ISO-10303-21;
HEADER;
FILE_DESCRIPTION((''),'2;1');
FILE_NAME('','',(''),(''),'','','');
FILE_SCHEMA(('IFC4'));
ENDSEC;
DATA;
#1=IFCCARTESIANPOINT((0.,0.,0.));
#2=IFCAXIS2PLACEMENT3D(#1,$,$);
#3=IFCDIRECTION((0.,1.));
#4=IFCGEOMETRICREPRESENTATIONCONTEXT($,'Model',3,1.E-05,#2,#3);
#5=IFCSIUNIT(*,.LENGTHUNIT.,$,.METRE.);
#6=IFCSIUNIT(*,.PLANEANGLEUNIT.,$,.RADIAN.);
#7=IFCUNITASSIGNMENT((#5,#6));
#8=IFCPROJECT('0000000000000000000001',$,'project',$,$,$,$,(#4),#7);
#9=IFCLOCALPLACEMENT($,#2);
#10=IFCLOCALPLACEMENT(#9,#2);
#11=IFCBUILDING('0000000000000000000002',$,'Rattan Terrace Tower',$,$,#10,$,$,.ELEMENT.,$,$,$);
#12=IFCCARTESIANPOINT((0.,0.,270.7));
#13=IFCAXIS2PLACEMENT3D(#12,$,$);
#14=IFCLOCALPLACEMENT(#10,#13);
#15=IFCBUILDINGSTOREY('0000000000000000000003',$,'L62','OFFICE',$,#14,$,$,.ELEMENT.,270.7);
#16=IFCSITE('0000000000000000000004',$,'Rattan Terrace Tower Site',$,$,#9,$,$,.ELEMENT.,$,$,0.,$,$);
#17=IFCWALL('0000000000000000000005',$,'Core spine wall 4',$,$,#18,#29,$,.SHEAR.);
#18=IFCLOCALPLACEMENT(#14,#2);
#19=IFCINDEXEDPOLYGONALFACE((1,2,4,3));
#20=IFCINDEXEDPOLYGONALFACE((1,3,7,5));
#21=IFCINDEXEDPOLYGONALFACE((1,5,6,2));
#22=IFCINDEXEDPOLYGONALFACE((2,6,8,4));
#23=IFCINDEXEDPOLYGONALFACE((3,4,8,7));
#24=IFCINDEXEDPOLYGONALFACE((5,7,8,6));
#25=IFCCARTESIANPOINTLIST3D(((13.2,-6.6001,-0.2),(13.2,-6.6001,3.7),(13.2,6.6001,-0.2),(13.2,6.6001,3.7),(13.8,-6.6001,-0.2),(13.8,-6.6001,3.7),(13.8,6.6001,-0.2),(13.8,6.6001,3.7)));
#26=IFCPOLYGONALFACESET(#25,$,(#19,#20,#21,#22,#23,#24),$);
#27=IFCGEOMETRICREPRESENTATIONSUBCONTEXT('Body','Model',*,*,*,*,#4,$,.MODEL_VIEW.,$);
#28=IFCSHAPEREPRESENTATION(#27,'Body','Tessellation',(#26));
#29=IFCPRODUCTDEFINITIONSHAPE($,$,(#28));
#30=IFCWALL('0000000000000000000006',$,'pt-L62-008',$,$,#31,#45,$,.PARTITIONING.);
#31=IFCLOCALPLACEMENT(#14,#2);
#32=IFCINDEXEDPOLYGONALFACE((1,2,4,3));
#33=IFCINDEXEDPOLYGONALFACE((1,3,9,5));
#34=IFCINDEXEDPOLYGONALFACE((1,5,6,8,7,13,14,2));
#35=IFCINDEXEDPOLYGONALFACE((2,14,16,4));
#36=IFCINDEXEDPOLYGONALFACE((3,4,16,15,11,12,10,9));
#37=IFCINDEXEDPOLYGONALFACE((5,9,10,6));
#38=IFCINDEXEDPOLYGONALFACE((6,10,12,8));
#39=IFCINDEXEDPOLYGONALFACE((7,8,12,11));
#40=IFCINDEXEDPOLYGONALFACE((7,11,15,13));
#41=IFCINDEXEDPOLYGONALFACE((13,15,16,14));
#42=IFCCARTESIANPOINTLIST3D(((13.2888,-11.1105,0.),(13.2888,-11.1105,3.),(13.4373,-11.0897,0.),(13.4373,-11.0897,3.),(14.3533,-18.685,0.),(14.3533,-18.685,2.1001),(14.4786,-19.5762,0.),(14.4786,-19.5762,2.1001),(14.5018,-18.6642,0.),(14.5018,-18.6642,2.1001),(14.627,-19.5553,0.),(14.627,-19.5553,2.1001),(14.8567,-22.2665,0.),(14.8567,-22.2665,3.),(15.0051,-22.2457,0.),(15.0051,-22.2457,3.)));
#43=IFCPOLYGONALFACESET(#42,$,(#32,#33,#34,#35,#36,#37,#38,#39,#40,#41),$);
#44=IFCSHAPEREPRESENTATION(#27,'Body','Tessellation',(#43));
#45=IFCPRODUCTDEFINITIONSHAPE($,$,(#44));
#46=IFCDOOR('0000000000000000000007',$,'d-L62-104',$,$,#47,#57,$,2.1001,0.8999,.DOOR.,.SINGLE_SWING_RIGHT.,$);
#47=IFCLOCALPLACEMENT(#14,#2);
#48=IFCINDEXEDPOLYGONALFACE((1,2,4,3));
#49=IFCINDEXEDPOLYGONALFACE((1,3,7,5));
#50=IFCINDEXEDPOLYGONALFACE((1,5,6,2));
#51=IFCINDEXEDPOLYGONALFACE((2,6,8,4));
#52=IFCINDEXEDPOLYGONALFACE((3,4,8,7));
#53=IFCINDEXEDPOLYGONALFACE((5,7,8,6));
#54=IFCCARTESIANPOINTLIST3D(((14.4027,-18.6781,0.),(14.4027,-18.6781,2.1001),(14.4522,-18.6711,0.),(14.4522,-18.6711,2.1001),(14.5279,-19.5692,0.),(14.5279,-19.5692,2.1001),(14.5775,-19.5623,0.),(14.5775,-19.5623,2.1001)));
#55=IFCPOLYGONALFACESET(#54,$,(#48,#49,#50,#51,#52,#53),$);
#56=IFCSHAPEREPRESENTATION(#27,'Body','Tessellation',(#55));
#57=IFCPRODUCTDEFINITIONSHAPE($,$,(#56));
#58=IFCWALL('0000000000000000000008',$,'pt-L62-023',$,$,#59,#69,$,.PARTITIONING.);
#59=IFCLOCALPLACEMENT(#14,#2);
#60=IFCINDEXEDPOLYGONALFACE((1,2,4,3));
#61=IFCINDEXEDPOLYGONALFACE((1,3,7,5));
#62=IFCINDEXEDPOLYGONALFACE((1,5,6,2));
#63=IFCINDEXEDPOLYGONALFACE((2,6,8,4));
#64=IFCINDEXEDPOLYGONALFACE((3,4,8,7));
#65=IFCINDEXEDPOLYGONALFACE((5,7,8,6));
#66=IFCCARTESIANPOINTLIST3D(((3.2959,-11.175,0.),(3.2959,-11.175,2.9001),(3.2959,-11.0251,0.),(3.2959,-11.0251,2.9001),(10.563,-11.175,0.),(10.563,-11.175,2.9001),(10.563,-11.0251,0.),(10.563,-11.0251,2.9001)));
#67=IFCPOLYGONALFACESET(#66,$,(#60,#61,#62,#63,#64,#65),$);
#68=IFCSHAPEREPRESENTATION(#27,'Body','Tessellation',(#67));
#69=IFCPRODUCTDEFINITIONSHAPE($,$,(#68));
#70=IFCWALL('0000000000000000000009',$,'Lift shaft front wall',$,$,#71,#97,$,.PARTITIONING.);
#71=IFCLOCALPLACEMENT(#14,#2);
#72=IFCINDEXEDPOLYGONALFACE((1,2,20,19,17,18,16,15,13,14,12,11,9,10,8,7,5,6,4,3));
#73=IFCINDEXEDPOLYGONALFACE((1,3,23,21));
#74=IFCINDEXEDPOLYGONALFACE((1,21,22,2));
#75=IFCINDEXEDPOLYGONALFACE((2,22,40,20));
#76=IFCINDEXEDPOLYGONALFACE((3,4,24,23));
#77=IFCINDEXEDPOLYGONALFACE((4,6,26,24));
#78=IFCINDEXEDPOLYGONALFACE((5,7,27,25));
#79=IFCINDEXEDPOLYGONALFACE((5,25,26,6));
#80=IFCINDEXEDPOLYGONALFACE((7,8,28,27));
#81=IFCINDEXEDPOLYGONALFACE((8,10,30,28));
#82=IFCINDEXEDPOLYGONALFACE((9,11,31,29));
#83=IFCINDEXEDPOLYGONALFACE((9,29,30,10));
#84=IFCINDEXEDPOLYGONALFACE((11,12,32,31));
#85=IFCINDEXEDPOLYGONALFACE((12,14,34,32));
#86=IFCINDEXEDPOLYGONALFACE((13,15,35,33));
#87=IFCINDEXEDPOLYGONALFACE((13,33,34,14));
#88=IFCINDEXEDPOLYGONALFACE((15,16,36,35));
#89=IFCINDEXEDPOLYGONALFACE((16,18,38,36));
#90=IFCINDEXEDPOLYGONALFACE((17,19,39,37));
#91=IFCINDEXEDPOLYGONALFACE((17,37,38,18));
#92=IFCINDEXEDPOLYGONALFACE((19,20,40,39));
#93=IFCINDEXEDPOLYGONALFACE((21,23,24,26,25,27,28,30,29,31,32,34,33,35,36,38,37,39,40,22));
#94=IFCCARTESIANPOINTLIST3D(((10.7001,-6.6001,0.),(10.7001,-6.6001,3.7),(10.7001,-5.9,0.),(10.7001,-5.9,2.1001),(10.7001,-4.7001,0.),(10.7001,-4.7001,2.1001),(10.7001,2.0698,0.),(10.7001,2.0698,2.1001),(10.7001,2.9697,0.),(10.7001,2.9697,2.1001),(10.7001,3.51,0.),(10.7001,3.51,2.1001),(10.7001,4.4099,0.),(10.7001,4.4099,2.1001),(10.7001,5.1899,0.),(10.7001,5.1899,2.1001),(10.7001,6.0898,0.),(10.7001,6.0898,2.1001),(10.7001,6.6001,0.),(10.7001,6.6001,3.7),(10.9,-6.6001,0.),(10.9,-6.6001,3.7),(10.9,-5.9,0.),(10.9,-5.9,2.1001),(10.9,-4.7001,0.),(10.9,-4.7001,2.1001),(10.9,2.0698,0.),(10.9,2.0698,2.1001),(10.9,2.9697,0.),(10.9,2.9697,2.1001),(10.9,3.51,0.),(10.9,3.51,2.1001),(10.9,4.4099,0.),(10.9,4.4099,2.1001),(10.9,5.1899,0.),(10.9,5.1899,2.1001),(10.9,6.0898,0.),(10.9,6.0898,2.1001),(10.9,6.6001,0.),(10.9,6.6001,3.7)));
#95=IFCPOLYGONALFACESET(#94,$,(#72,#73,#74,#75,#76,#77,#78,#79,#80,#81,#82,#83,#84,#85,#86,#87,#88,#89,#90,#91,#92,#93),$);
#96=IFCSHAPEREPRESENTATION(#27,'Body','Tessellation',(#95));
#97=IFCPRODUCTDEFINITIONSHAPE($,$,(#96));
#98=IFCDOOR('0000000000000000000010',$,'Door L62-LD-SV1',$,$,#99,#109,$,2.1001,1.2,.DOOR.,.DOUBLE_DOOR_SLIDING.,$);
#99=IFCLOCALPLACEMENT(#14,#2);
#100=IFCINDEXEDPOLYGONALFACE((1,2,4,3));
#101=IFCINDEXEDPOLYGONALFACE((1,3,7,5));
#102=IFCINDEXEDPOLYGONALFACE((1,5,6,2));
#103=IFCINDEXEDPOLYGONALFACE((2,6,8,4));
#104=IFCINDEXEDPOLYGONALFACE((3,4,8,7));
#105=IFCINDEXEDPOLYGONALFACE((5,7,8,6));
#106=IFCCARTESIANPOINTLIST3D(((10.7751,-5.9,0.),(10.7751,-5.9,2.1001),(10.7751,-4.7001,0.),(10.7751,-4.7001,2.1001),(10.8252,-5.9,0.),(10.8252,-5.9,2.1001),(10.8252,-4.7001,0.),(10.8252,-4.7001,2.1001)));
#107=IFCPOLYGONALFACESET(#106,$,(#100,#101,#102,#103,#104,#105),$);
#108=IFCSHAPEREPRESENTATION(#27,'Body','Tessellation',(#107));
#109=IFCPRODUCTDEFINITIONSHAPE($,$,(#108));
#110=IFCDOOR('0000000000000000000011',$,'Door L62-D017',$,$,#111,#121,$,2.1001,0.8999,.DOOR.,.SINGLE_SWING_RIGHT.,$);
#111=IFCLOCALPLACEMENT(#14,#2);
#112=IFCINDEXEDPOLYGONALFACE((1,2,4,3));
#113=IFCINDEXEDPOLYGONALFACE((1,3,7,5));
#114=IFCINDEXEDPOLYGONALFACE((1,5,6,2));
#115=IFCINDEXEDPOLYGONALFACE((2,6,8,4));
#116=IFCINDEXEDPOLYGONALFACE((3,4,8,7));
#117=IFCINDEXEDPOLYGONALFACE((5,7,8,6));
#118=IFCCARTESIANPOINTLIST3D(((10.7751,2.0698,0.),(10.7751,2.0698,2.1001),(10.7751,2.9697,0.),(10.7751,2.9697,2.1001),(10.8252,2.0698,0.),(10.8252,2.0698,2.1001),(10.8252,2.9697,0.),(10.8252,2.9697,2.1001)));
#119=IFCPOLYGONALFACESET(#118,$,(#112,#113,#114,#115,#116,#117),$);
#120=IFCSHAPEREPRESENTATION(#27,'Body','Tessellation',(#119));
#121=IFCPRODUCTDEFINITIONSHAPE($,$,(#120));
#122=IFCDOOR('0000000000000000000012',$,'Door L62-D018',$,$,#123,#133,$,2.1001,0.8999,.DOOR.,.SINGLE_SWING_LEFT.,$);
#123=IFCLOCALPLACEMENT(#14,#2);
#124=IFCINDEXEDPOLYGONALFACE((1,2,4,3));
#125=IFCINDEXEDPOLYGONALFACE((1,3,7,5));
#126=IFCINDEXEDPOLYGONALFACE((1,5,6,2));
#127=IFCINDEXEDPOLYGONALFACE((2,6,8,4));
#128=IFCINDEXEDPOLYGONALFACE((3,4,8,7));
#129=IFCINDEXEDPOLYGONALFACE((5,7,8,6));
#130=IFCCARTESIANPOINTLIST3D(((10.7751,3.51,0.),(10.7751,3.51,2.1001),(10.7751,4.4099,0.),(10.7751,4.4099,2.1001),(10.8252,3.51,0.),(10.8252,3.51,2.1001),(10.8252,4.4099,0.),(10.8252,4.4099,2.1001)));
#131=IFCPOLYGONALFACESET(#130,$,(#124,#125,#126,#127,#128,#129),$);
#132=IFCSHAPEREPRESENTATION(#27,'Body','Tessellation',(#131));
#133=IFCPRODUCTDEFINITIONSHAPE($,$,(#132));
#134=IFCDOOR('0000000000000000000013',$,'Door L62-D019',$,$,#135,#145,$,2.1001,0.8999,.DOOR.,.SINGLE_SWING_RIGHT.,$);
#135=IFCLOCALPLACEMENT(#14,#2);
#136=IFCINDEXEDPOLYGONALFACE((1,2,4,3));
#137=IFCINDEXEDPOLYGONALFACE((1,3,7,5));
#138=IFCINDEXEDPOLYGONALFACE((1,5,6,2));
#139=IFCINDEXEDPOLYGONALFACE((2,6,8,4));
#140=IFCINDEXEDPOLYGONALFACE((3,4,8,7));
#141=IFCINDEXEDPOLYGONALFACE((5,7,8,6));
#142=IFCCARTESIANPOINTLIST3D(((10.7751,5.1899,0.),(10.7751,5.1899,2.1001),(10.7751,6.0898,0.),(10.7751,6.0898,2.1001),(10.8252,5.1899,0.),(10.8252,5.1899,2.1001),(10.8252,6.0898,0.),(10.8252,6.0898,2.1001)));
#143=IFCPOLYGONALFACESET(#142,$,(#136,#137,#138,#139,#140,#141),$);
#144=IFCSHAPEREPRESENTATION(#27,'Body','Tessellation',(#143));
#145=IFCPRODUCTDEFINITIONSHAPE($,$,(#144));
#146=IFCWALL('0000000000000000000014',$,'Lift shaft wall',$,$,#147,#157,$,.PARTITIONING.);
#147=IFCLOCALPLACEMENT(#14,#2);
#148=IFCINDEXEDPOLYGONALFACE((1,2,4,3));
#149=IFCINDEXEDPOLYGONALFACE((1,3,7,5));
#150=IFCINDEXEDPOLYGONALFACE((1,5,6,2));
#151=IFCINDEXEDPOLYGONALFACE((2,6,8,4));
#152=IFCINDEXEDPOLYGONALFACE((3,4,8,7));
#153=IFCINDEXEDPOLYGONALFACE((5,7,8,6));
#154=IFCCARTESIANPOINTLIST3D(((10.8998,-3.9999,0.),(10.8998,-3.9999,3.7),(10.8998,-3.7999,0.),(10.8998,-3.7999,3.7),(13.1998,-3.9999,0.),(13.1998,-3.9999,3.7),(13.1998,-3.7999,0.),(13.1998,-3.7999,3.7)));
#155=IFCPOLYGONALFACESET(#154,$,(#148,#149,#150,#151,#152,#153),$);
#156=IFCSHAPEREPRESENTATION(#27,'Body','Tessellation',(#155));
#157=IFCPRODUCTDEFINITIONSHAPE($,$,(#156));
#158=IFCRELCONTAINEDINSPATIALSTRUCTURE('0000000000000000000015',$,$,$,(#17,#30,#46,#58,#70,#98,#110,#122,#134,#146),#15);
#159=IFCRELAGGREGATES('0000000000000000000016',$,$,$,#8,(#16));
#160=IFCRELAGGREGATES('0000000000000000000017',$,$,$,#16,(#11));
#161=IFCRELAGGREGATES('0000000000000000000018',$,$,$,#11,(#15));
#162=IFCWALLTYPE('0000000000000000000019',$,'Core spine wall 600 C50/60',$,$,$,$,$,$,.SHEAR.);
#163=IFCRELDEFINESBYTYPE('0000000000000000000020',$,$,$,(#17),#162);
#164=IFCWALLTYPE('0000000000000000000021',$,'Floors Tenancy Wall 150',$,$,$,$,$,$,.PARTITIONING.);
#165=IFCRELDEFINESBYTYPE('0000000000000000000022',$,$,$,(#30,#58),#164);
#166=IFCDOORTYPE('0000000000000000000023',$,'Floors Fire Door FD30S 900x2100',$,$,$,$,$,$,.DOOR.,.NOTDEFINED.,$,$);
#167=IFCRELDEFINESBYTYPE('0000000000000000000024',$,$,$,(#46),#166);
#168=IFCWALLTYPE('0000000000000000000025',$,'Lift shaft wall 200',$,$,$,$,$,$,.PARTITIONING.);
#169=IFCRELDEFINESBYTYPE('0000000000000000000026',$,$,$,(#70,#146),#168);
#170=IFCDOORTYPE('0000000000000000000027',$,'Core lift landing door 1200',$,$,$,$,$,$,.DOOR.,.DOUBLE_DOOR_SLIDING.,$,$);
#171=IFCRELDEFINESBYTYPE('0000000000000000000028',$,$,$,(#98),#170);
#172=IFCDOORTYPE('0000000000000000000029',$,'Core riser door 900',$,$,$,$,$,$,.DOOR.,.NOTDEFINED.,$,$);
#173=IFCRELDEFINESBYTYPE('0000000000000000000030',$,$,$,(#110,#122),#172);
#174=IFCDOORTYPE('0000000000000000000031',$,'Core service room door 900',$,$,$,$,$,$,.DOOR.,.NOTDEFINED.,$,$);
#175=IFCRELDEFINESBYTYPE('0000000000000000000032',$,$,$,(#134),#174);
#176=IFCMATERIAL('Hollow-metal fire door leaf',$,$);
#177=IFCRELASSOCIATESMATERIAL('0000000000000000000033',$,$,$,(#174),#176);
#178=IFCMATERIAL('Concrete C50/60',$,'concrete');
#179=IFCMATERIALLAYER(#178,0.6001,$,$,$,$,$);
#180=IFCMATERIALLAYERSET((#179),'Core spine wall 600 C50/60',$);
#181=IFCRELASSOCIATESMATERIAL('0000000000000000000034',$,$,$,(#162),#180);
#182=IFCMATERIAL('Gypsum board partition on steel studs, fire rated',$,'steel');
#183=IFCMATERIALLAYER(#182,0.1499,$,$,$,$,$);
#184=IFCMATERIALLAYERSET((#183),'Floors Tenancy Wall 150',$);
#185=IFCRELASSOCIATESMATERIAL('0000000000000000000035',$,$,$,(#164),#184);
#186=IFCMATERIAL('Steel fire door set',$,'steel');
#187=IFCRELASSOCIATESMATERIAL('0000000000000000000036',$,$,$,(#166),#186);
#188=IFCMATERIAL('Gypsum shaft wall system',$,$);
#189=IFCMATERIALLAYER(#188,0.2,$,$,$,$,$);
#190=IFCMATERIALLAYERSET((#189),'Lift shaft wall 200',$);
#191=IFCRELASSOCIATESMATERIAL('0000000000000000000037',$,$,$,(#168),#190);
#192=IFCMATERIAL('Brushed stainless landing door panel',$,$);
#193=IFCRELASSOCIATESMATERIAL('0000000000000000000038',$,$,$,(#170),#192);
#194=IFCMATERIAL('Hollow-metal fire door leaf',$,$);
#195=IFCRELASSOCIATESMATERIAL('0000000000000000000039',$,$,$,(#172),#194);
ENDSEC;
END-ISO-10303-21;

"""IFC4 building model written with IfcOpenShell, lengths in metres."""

from ifc_helpers import new_model, si_unit, direction, frame, frame_2d, origin, place, context, subcontext, project, spatial, rectangle, extrude, material, layer, layer_set, type_object, element, fill, save


model = new_model("IFC4")

# Units and contexts
model_context = context("Model", 3, precision=1e-05, world=origin(), true_north=direction((0.0, 1.0)))
body_context = subcontext(model_context, "Body", "Model", "MODEL_VIEW")
ifc_project = project(units=[si_unit("LENGTHUNIT", "METRE"), si_unit("PLANEANGLEUNIT", "RADIAN")], contexts=[model_context])

# Site, building, storey
site_placement = place(None, origin())
site = spatial("IfcSite", under=ifc_project, at=site_placement, Name="Rattan Terrace Tower Site", CompositionType="ELEMENT", RefElevation=0.0)
building_placement = place(site_placement, origin())
building = spatial("IfcBuilding", under=site, at=building_placement, Name="Rattan Terrace Tower", CompositionType="ELEMENT")
storey_placement = place(building_placement, frame((0.0, 0.0, 270.7)))
storey = spatial("IfcBuildingStorey", under=building, at=storey_placement, Name="L62", Description="OFFICE", CompositionType="ELEMENT", Elevation=270.7)

# Shared definitions
ifc_material_1 = material(Name="Hollow-metal fire door leaf")
door_type_1 = type_object("IfcDoorType", Name="Core service room door 900", OperationType="NOTDEFINED", PredefinedType="DOOR", material=ifc_material_1)

# Wall
ifc_material_2 = material(Name="Concrete C50/60", Category="concrete")
ifc_layer_1 = layer(ifc_material_2, 0.6001)
ifc_layer_set_1 = layer_set([ifc_layer_1], Name="Core spine wall 600 C50/60")
wall_type_1 = type_object("IfcWallType", Name="Core spine wall 600 C50/60", PredefinedType="SHEAR", material=ifc_layer_set_1)
wall_1_placement = place(storey_placement, frame((13.5, -6.6001, -0.2), z_axis=(0.0, 0.0, 1.0), x_axis=(0.0, 1.0, 0.0)))
element("IfcWall", 1, at=wall_1_placement, inside=storey, type_object=wall_type_1, Name="Core spine wall 4", PredefinedType="SHEAR", context=body_context, shape_type="SweptSolid", body=[
    extrude(rectangle(XDim=13.2002, YDim=0.6001, at=frame_2d((6.6001, 0.0))), origin(), (0.0, 0.0, 1.0), 3.8999),
])

# Wall, opening, door
ifc_material_3 = material(Name="Gypsum board partition on steel studs, fire rated", Category="steel")
ifc_layer_2 = layer(ifc_material_3, 0.1499)
ifc_layer_set_2 = layer_set([ifc_layer_2], Name="Floors Tenancy Wall 150")
wall_type_2 = type_object("IfcWallType", Name="Floors Tenancy Wall 150", PredefinedType="PARTITIONING", material=ifc_layer_set_2)
wall_2_placement = place(storey_placement, frame((13.363, -11.1001, 0.0), z_axis=(0.0, 0.0, 1.0), x_axis=(0.139173, -0.990268, 0.0)))
wall_2 = element("IfcWall", 2, at=wall_2_placement, inside=storey, type_object=wall_type_2, Name="pt-L62-008", PredefinedType="PARTITIONING", context=body_context, shape_type="SweptSolid", body=[
    extrude(rectangle(XDim=11.2656, YDim=0.1499, at=frame_2d((5.6328, 0.0))), origin(), (0.0, 0.0, 1.0), 3.0),
])
opening_1_placement = place(wall_2_placement, frame((7.6489, 0.0, 0.0)))
opening_1 = element("IfcOpeningElement", 3, at=opening_1_placement, cuts=wall_2, PredefinedType="OPENING", context=body_context, shape_type="SweptSolid", body=[
    extrude(rectangle(XDim=0.8999, YDim=2.1001, at=frame_2d((0.45, 1.05))), frame((0.0, 0.0854, 0.0), z_axis=(0.0, -1.0, 0.0), x_axis=(1.0, 0.0, 0.0)), (0.0, 0.0, 1.0), 0.1709),
])
ifc_material_4 = material(Name="Steel fire door set", Category="steel")
door_type_2 = type_object("IfcDoorType", Name="Floors Fire Door FD30S 900x2100", OperationType="NOTDEFINED", PredefinedType="DOOR", material=ifc_material_4)
door_1_placement = place(opening_1_placement, origin())
door_1 = element("IfcDoor", 4, at=door_1_placement, inside=storey, type_object=door_type_2, Name="d-L62-104", OperationType="SINGLE_SWING_RIGHT", OverallHeight=2.1001, OverallWidth=0.8999, PredefinedType="DOOR", context=body_context, shape_type="SweptSolid", body=[
    extrude(rectangle(XDim=0.8999, YDim=2.1001, at=frame_2d((0.45, 1.05))), frame((0.0, 0.0249, 0.0), z_axis=(0.0, -1.0, 0.0), x_axis=(1.0, 0.0, 0.0)), (0.0, 0.0, 1.0), 0.05),
])
fill(opening_1, door_1)

# Wall
wall_3_placement = place(storey_placement, frame((10.563, -11.1001, 0.0), z_axis=(0.0, 0.0, 1.0), x_axis=(-1.0, 0.0, 0.0)))
element("IfcWall", 5, at=wall_3_placement, inside=storey, type_object=wall_type_2, Name="pt-L62-023", PredefinedType="PARTITIONING", context=body_context, shape_type="SweptSolid", body=[
    extrude(rectangle(XDim=7.2671, YDim=0.1499, at=frame_2d((3.6335, 0.0))), origin(), (0.0, 0.0, 1.0), 2.9001),
])

# Wall, openings, doors
ifc_material_5 = material(Name="Gypsum shaft wall system")
ifc_layer_3 = layer(ifc_material_5, 0.2)
ifc_layer_set_3 = layer_set([ifc_layer_3], Name="Lift shaft wall 200")
wall_type_3 = type_object("IfcWallType", Name="Lift shaft wall 200", PredefinedType="PARTITIONING", material=ifc_layer_set_3)
wall_4_placement = place(storey_placement, frame((10.8, -6.6001, 0.0), z_axis=(0.0, 0.0, 1.0), x_axis=(0.0, 1.0, 0.0)))
wall_4 = element("IfcWall", 6, at=wall_4_placement, inside=storey, type_object=wall_type_3, Name="Lift shaft front wall", PredefinedType="PARTITIONING", context=body_context, shape_type="SweptSolid", body=[
    extrude(rectangle(XDim=13.2002, YDim=0.2, at=frame_2d((6.6001, 0.0))), origin(), (0.0, 0.0, 1.0), 3.7),
])
opening_2_placement = place(wall_4_placement, frame((0.7, 0.0, 0.0)))
opening_2 = element("IfcOpeningElement", 7, at=opening_2_placement, cuts=wall_4, PredefinedType="OPENING", context=body_context, shape_type="SweptSolid", body=[
    extrude(rectangle(XDim=1.2, YDim=2.1001, at=frame_2d((0.6001, 1.05))), frame((0.0, 0.1106, 0.0), z_axis=(0.0, -1.0, 0.0), x_axis=(1.0, 0.0, 0.0)), (0.0, 0.0, 1.0), 0.2209),
])
opening_3_placement = place(wall_4_placement, frame((8.6699, 0.0, 0.0)))
opening_3 = element("IfcOpeningElement", 8, at=opening_3_placement, cuts=wall_4, PredefinedType="OPENING", context=body_context, shape_type="SweptSolid", body=[
    extrude(rectangle(XDim=0.8999, YDim=2.1001, at=frame_2d((0.45, 1.05))), frame((0.0, 0.1106, 0.0), z_axis=(0.0, -1.0, 0.0), x_axis=(1.0, 0.0, 0.0)), (0.0, 0.0, 1.0), 0.2209),
])
opening_4_placement = place(wall_4_placement, frame((10.1101, 0.0, 0.0)))
opening_4 = element("IfcOpeningElement", 9, at=opening_4_placement, cuts=wall_4, PredefinedType="OPENING", context=body_context, shape_type="SweptSolid", body=[
    extrude(rectangle(XDim=0.8999, YDim=2.1001, at=frame_2d((0.45, 1.05))), frame((0.0, 0.1106, 0.0), z_axis=(0.0, -1.0, 0.0), x_axis=(1.0, 0.0, 0.0)), (0.0, 0.0, 1.0), 0.2209),
])
opening_5_placement = place(wall_4_placement, frame((11.79, 0.0, 0.0)))
opening_5 = element("IfcOpeningElement", 10, at=opening_5_placement, cuts=wall_4, PredefinedType="OPENING", context=body_context, shape_type="SweptSolid", body=[
    extrude(rectangle(XDim=0.8999, YDim=2.1001, at=frame_2d((0.45, 1.05))), frame((0.0, 0.1106, 0.0), z_axis=(0.0, -1.0, 0.0), x_axis=(1.0, 0.0, 0.0)), (0.0, 0.0, 1.0), 0.2209),
])
ifc_material_6 = material(Name="Brushed stainless landing door panel")
door_type_3 = type_object("IfcDoorType", Name="Core lift landing door 1200", OperationType="DOUBLE_DOOR_SLIDING", PredefinedType="DOOR", material=ifc_material_6)
door_2_placement = place(opening_2_placement, origin())
door_2 = element("IfcDoor", 11, at=door_2_placement, inside=storey, type_object=door_type_3, Name="Door L62-LD-SV1", OperationType="DOUBLE_DOOR_SLIDING", OverallHeight=2.1001, OverallWidth=1.2, PredefinedType="DOOR", context=body_context, shape_type="SweptSolid", body=[
    extrude(rectangle(XDim=1.2, YDim=2.1001, at=frame_2d((0.6001, 1.05))), frame((0.0, 0.0249, 0.0), z_axis=(0.0, -1.0, 0.0), x_axis=(1.0, 0.0, 0.0)), (0.0, 0.0, 1.0), 0.05),
])
fill(opening_2, door_2)
ifc_material_7 = material(Name="Hollow-metal fire door leaf")
door_type_4 = type_object("IfcDoorType", Name="Core riser door 900", OperationType="NOTDEFINED", PredefinedType="DOOR", material=ifc_material_7)
door_3_placement = place(opening_3_placement, origin())
door_3 = element("IfcDoor", 12, at=door_3_placement, inside=storey, type_object=door_type_4, Name="Door L62-D017", OperationType="SINGLE_SWING_RIGHT", OverallHeight=2.1001, OverallWidth=0.8999, PredefinedType="DOOR", context=body_context, shape_type="SweptSolid", body=[
    extrude(rectangle(XDim=0.8999, YDim=2.1001, at=frame_2d((0.45, 1.05))), frame((0.0, 0.0249, 0.0), z_axis=(0.0, -1.0, 0.0), x_axis=(1.0, 0.0, 0.0)), (0.0, 0.0, 1.0), 0.05),
])
fill(opening_3, door_3)
door_4_placement = place(opening_4_placement, origin())
door_4 = element("IfcDoor", 13, at=door_4_placement, inside=storey, type_object=door_type_4, Name="Door L62-D018", OperationType="SINGLE_SWING_LEFT", OverallHeight=2.1001, OverallWidth=0.8999, PredefinedType="DOOR", context=body_context, shape_type="SweptSolid", body=[
    extrude(rectangle(XDim=0.8999, YDim=2.1001, at=frame_2d((0.45, 1.05))), frame((0.0, 0.0249, 0.0), z_axis=(0.0, -1.0, 0.0), x_axis=(1.0, 0.0, 0.0)), (0.0, 0.0, 1.0), 0.05),
])
fill(opening_4, door_4)
door_5_placement = place(opening_5_placement, origin())
door_5 = element("IfcDoor", 14, at=door_5_placement, inside=storey, type_object=door_type_1, Name="Door L62-D019", OperationType="SINGLE_SWING_RIGHT", OverallHeight=2.1001, OverallWidth=0.8999, PredefinedType="DOOR", context=body_context, shape_type="SweptSolid", body=[
    extrude(rectangle(XDim=0.8999, YDim=2.1001, at=frame_2d((0.45, 1.05))), frame((0.0, 0.0249, 0.0), z_axis=(0.0, -1.0, 0.0), x_axis=(1.0, 0.0, 0.0)), (0.0, 0.0, 1.0), 0.05),
])
fill(opening_5, door_5)

# Wall
wall_5_placement = place(storey_placement, frame((10.8999, -3.8999, 0.0), z_axis=(0.0, 0.0, 1.0), x_axis=(1.0, 0.0, 0.0)))
element("IfcWall", 15, at=wall_5_placement, inside=storey, type_object=wall_type_3, Name="Lift shaft wall", PredefinedType="PARTITIONING", context=body_context, shape_type="SweptSolid", body=[
    extrude(rectangle(XDim=2.3, YDim=0.2, at=frame_2d((1.1499, 0.0))), origin(), (0.0, 0.0, 1.0), 3.7),
])

save(model, "model.ifc")
